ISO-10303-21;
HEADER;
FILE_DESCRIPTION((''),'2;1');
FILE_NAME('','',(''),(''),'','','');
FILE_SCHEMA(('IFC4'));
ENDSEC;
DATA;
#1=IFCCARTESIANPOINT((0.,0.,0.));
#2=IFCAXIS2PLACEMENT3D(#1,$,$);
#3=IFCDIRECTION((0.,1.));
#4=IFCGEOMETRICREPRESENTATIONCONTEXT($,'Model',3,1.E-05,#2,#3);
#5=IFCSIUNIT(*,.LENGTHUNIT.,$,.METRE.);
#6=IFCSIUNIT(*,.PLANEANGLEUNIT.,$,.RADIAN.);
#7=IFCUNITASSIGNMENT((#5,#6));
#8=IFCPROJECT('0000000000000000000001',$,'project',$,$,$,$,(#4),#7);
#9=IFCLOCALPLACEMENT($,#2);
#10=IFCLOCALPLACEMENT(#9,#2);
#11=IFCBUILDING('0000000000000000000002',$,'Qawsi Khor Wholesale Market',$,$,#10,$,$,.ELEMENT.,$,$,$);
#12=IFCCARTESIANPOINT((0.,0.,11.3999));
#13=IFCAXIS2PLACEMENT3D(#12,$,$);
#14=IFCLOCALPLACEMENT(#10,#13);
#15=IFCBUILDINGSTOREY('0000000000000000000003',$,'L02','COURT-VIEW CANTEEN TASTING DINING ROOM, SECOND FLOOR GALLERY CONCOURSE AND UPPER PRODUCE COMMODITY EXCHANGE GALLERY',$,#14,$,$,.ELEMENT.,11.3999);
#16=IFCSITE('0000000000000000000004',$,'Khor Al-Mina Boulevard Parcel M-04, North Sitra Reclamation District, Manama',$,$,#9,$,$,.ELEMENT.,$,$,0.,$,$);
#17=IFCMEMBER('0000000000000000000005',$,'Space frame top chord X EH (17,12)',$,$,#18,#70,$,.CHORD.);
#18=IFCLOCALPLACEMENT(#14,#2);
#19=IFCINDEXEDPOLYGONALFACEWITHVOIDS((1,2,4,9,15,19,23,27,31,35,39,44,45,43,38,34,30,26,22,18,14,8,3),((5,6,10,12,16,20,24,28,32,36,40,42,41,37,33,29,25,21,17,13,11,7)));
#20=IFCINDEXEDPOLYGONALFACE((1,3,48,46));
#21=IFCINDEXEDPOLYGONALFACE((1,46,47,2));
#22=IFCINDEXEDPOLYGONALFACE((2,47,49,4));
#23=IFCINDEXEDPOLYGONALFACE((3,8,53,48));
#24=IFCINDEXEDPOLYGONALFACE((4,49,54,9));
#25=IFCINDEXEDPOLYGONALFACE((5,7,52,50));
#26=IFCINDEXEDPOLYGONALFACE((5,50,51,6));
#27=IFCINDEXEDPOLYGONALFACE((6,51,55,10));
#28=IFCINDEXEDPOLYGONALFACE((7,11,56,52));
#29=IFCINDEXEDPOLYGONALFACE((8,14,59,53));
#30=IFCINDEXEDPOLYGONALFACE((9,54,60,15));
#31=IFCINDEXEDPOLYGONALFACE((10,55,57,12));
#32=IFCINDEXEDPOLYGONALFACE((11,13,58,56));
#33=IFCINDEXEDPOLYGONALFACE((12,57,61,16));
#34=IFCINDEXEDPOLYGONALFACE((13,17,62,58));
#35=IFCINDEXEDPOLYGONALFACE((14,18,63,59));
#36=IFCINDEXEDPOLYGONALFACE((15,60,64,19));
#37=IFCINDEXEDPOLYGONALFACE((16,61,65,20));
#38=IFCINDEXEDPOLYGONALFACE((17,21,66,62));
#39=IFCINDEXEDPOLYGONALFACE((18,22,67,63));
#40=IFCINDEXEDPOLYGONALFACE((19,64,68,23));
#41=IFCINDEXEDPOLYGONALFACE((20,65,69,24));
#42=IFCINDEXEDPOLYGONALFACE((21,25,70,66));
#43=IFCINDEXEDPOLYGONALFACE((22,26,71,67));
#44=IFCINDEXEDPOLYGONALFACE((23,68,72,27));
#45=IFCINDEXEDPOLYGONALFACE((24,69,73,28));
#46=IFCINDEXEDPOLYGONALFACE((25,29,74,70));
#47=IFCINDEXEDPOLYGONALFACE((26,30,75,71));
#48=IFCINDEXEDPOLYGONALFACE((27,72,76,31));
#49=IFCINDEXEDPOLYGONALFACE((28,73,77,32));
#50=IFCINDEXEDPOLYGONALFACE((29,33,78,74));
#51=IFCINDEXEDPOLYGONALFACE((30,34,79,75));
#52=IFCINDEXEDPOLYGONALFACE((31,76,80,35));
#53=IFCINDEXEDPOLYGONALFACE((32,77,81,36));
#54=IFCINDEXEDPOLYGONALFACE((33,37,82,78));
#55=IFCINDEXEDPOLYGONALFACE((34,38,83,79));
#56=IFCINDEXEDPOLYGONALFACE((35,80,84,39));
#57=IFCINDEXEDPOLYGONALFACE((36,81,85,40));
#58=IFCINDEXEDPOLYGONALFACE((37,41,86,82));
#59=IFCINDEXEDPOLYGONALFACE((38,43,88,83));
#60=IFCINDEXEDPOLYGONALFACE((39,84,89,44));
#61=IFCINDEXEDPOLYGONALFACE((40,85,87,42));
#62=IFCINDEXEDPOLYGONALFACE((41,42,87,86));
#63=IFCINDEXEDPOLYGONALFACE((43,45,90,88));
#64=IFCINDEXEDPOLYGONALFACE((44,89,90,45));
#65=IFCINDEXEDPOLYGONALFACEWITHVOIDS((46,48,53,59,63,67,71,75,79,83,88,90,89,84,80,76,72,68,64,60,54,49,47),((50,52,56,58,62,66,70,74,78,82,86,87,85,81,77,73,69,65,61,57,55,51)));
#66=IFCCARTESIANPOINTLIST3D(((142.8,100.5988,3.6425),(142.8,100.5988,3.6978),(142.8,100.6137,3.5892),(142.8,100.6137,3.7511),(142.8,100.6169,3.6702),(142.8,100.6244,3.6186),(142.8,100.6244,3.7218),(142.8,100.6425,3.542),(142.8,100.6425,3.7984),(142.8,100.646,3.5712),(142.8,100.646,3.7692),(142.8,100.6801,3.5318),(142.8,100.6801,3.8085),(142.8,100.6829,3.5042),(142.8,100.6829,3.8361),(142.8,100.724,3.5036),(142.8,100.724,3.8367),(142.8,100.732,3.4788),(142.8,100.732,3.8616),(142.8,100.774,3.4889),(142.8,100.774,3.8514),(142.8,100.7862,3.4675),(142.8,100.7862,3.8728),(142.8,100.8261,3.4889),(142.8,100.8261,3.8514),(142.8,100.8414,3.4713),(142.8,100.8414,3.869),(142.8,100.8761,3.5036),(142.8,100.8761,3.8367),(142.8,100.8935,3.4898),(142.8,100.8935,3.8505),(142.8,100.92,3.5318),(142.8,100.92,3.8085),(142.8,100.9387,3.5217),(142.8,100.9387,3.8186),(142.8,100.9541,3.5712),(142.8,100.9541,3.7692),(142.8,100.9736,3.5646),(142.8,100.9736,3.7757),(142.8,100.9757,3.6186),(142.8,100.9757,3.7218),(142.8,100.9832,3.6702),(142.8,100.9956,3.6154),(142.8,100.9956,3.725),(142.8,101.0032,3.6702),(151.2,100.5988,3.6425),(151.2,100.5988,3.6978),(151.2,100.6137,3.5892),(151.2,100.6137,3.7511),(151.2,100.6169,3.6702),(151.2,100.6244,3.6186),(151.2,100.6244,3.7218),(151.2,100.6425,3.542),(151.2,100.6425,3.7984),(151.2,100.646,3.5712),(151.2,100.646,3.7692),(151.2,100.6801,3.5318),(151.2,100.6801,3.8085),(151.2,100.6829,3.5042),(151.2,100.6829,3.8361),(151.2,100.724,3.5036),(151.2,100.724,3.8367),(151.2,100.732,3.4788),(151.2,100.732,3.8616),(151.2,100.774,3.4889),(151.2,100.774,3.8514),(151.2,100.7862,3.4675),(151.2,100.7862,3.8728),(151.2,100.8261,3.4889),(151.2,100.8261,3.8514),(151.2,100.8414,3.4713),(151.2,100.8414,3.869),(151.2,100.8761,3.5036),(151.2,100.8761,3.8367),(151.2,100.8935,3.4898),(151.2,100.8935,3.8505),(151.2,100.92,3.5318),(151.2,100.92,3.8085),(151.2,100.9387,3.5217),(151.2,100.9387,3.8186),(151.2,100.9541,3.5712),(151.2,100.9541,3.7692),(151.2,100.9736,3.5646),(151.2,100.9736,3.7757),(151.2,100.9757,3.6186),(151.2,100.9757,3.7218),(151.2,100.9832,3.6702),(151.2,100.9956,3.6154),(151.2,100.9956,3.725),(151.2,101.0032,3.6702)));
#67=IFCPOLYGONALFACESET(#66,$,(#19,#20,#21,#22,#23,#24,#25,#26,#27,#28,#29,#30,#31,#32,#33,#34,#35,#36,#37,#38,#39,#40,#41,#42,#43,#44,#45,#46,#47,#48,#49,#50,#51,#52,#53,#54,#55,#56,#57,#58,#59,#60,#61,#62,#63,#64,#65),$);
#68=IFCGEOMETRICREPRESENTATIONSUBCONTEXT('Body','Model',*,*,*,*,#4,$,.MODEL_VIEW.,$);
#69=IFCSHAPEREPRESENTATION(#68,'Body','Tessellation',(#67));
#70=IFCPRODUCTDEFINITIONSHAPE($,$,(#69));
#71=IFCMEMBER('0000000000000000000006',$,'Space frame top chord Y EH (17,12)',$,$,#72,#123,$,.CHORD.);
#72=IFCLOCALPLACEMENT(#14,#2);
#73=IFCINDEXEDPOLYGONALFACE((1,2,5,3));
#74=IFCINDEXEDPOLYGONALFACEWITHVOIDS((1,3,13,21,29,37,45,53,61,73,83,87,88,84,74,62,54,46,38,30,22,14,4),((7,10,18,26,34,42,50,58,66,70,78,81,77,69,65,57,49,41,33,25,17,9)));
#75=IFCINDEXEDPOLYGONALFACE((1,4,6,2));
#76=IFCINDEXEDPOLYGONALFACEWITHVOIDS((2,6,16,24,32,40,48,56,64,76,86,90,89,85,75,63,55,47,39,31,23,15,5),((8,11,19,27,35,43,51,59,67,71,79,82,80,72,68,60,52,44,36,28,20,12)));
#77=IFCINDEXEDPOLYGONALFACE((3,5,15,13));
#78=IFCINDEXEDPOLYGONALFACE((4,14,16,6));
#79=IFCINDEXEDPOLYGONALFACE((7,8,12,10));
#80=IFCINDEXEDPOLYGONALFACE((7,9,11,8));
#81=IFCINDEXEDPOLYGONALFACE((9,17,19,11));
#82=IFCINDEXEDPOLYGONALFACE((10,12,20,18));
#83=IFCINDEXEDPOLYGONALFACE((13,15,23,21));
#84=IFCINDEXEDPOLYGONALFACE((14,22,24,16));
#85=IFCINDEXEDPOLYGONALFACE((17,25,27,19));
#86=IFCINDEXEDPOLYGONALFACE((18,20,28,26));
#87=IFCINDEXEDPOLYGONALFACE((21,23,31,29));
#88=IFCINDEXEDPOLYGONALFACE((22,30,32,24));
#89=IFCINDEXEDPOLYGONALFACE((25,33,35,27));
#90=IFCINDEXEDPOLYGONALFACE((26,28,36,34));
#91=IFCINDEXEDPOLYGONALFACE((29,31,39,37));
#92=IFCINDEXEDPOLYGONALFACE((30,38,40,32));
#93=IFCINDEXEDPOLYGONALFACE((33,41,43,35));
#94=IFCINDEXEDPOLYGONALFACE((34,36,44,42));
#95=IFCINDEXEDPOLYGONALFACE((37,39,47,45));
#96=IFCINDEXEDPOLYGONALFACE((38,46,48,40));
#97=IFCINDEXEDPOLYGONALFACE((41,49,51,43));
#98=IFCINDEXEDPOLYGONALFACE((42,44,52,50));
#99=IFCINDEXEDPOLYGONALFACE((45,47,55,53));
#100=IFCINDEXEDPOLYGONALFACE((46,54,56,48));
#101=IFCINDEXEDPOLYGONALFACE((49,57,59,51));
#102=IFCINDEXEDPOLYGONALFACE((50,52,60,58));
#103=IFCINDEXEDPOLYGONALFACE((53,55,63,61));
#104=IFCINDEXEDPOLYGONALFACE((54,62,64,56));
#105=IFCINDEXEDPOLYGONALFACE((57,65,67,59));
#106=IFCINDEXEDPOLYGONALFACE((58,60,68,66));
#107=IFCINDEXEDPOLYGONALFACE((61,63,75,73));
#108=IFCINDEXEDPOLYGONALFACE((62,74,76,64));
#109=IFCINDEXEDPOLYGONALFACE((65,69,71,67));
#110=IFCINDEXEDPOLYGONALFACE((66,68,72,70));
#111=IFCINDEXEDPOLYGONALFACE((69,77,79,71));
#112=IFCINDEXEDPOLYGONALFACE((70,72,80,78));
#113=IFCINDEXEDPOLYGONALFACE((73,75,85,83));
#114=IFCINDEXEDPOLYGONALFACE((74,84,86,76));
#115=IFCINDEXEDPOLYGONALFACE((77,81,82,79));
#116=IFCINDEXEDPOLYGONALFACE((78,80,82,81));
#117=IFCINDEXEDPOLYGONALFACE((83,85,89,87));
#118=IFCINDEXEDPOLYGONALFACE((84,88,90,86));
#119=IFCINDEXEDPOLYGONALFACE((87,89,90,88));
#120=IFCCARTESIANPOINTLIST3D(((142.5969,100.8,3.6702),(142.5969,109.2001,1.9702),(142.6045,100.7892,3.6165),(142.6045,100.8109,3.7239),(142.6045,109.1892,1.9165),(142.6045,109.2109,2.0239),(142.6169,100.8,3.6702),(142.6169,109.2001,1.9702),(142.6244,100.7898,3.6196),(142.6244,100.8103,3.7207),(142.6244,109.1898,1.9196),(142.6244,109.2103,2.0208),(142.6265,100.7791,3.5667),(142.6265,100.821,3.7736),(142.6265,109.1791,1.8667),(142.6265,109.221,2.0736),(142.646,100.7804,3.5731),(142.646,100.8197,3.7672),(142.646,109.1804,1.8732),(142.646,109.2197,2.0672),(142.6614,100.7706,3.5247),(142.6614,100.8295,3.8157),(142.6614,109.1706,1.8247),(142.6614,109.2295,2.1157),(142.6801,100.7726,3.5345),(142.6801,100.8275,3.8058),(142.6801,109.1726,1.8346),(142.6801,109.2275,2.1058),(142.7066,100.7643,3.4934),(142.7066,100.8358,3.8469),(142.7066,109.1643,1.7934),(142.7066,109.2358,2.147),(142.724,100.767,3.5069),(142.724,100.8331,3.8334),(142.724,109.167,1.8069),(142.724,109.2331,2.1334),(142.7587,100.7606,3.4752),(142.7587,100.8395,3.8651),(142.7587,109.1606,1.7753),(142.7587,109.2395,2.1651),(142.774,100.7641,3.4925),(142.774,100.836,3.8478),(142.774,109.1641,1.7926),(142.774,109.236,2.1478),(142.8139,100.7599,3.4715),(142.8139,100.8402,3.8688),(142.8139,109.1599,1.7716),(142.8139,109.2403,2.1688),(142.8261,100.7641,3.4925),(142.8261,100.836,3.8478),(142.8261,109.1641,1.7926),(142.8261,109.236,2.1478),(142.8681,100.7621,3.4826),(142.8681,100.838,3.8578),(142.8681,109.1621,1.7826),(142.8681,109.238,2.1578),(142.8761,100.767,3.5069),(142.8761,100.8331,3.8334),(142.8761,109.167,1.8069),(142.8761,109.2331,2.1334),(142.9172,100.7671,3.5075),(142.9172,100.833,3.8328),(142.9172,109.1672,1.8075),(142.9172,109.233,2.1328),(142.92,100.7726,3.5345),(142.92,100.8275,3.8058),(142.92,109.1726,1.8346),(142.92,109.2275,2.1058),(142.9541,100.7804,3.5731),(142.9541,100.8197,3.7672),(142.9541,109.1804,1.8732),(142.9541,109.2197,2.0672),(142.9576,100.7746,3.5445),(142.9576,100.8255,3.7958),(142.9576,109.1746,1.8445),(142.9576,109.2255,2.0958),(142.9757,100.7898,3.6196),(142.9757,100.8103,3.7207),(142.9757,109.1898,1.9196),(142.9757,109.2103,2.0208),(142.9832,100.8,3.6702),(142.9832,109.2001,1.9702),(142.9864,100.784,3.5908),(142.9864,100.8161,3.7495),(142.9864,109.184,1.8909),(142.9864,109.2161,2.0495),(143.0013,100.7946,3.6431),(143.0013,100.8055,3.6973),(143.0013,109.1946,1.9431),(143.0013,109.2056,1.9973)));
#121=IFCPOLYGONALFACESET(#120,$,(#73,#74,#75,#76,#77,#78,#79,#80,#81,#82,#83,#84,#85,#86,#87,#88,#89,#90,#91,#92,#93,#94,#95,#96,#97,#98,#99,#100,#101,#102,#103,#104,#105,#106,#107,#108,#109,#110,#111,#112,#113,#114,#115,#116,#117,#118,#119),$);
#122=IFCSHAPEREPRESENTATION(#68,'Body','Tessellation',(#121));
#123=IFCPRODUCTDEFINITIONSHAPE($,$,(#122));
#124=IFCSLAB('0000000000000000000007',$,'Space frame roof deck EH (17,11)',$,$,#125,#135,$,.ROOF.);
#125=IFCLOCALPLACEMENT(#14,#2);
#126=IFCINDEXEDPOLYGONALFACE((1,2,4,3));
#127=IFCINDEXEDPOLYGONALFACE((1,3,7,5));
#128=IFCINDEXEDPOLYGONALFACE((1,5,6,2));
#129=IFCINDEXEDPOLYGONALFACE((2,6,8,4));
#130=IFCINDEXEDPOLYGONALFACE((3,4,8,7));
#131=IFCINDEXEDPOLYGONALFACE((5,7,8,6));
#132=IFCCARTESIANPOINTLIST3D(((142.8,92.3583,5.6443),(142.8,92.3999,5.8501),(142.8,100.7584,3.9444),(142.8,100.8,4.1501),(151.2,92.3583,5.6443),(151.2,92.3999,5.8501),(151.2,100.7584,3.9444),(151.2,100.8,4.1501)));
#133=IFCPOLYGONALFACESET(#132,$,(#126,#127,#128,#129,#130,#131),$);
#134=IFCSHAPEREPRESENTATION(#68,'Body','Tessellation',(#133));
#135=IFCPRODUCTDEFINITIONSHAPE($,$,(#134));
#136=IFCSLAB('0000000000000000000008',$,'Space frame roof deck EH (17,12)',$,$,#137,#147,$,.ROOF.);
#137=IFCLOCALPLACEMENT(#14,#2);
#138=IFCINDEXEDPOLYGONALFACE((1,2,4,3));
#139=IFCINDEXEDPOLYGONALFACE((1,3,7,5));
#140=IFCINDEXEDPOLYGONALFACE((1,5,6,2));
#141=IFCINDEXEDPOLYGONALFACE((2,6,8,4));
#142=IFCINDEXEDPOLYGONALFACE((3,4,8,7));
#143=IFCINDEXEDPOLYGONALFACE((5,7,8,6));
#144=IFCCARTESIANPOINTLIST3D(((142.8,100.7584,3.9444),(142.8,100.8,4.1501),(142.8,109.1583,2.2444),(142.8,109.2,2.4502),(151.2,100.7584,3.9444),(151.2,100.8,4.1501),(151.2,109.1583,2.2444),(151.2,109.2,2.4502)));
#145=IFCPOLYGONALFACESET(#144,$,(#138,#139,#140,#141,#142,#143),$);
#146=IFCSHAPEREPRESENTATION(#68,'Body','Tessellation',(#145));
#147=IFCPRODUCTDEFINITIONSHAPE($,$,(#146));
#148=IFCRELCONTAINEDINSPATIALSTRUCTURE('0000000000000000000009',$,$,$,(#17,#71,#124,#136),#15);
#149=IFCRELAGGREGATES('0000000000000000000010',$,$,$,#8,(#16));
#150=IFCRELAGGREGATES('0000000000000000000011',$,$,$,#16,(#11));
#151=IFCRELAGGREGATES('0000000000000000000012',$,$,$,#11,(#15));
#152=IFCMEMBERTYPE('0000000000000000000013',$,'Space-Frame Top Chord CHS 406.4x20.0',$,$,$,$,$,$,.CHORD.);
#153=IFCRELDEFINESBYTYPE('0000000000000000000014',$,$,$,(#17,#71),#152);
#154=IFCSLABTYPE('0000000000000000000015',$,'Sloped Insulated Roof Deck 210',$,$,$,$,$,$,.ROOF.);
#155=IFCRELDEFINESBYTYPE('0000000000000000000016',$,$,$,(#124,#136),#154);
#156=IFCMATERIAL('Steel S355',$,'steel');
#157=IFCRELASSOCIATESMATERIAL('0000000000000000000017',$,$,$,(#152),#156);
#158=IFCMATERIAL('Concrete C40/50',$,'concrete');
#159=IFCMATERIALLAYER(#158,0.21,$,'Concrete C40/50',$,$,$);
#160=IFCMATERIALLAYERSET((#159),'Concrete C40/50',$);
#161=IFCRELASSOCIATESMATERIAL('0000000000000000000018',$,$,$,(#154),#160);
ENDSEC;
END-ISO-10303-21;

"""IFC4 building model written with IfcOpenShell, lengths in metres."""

from ifc_helpers import new_model, si_unit, direction, frame, origin, origin_2d, place, context, subcontext, project, spatial, polyline, hollow_circle, outline, extrude, material, layer, layer_set, material_profile, profile_set, type_object, element, save


model = new_model("IFC4")

# Units and contexts
model_context = context("Model", 3, precision=1e-05, world=origin(), true_north=direction((0.0, 1.0)))
body_context = subcontext(model_context, "Body", "Model", "MODEL_VIEW")
ifc_project = project(units=[si_unit("LENGTHUNIT", "METRE"), si_unit("PLANEANGLEUNIT", "RADIAN")], contexts=[model_context])

# Site, building, storey
site_placement = place(None, origin())
site = spatial("IfcSite", under=ifc_project, at=site_placement, Name="Khor Al-Mina Boulevard Parcel M-04, North Sitra Reclamation District, Manama", CompositionType="ELEMENT", RefElevation=0.0)
building_placement = place(site_placement, origin())
building = spatial("IfcBuilding", under=site, at=building_placement, Name="Qawsi Khor Wholesale Market", CompositionType="ELEMENT")
storey_placement = place(building_placement, frame((0.0, 0.0, 11.3999)))
storey = spatial("IfcBuildingStorey", under=building, at=storey_placement, Name="L02", Description="COURT-VIEW CANTEEN TASTING DINING ROOM, SECOND FLOOR GALLERY CONCOURSE AND UPPER PRODUCE COMMODITY EXCHANGE GALLERY", CompositionType="ELEMENT", Elevation=11.3999)

# Shared definitions
ifc_material_1 = material(Name="Concrete C40/50", Category="concrete")

# Shared definitions
ifc_material_2 = material(Name="Steel S355", Category="steel")

# Members
ifc_material_profile_1 = material_profile(ifc_material_2, hollow_circle(Radius=0.2031, WallThickness=0.02, at=origin_2d()), Name="CHS 406.4x20.0")
ifc_profile_set_1 = profile_set([ifc_material_profile_1], Name="Steel S355")
member_type_1 = type_object("IfcMemberType", Name="Space-Frame Top Chord CHS 406.4x20.0", PredefinedType="CHORD", material=ifc_profile_set_1)
member_1_placement = place(storey_placement, frame((142.8, 100.8, 3.6702), z_axis=(1.0, 0.0, 0.0), x_axis=(0.0, 1.0, 0.0)))
element("IfcMember", 1, at=member_1_placement, inside=storey, type_object=member_type_1, Name="Space frame top chord X EH (17,12)", PredefinedType="CHORD", context=body_context, shape_type="SweptSolid", body=[
    extrude(hollow_circle(Radius=0.2031, WallThickness=0.02, at=origin_2d()), origin(), (0.0, 0.0, 1.0), 8.3999),
])
member_2_placement = place(storey_placement, frame((142.8, 100.8, 3.6702), z_axis=(0.0, 0.98013, -0.198356), x_axis=(-1.0, 0.0, 0.0)))
element("IfcMember", 2, at=member_2_placement, inside=storey, type_object=member_type_1, Name="Space frame top chord Y EH (17,12)", PredefinedType="CHORD", context=body_context, shape_type="SweptSolid", body=[
    extrude(hollow_circle(Radius=0.2031, WallThickness=0.02, at=origin_2d()), origin(), (0.0, 0.0, 1.0), 8.5703),
])

# Slabs
ifc_layer = layer(ifc_material_1, 0.21, Name="Concrete C40/50")
ifc_layer_set = layer_set([ifc_layer], Name="Concrete C40/50")
slab_type = type_object("IfcSlabType", Name="Sloped Insulated Roof Deck 210", PredefinedType="ROOF", material=ifc_layer_set)
slab_1_placement = place(storey_placement, frame((142.8, 92.3999, 5.8501), z_axis=(0.0, 0.198351, 0.980131), x_axis=(1.0, 0.0, 0.0)))
element("IfcSlab", 3, at=slab_1_placement, inside=storey, type_object=slab_type, Name="Space frame roof deck EH (17,11)", PredefinedType="ROOF", context=body_context, shape_type="SweptSolid", body=[
    extrude(outline(polyline([(0.0, 0.0), (8.3999, 0.0), (8.3999, 8.5704), (0.0, 8.5704), (0.0, 0.0)])), origin(), (0.0, 0.0, -1.0), 0.21),
])
slab_2_placement = place(storey_placement, frame((142.8, 100.8, 4.1501), z_axis=(0.0, 0.198356, 0.98013), x_axis=(1.0, 0.0, 0.0)))
element("IfcSlab", 4, at=slab_2_placement, inside=storey, type_object=slab_type, Name="Space frame roof deck EH (17,12)", PredefinedType="ROOF", context=body_context, shape_type="SweptSolid", body=[
    extrude(outline(polyline([(0.0, 0.0), (8.3999, 0.0), (8.3999, 8.5702), (0.0, 8.5702), (0.0, 0.0)])), origin(), (0.0, 0.0, -1.0), 0.21),
])

save(model, "model.ifc")
